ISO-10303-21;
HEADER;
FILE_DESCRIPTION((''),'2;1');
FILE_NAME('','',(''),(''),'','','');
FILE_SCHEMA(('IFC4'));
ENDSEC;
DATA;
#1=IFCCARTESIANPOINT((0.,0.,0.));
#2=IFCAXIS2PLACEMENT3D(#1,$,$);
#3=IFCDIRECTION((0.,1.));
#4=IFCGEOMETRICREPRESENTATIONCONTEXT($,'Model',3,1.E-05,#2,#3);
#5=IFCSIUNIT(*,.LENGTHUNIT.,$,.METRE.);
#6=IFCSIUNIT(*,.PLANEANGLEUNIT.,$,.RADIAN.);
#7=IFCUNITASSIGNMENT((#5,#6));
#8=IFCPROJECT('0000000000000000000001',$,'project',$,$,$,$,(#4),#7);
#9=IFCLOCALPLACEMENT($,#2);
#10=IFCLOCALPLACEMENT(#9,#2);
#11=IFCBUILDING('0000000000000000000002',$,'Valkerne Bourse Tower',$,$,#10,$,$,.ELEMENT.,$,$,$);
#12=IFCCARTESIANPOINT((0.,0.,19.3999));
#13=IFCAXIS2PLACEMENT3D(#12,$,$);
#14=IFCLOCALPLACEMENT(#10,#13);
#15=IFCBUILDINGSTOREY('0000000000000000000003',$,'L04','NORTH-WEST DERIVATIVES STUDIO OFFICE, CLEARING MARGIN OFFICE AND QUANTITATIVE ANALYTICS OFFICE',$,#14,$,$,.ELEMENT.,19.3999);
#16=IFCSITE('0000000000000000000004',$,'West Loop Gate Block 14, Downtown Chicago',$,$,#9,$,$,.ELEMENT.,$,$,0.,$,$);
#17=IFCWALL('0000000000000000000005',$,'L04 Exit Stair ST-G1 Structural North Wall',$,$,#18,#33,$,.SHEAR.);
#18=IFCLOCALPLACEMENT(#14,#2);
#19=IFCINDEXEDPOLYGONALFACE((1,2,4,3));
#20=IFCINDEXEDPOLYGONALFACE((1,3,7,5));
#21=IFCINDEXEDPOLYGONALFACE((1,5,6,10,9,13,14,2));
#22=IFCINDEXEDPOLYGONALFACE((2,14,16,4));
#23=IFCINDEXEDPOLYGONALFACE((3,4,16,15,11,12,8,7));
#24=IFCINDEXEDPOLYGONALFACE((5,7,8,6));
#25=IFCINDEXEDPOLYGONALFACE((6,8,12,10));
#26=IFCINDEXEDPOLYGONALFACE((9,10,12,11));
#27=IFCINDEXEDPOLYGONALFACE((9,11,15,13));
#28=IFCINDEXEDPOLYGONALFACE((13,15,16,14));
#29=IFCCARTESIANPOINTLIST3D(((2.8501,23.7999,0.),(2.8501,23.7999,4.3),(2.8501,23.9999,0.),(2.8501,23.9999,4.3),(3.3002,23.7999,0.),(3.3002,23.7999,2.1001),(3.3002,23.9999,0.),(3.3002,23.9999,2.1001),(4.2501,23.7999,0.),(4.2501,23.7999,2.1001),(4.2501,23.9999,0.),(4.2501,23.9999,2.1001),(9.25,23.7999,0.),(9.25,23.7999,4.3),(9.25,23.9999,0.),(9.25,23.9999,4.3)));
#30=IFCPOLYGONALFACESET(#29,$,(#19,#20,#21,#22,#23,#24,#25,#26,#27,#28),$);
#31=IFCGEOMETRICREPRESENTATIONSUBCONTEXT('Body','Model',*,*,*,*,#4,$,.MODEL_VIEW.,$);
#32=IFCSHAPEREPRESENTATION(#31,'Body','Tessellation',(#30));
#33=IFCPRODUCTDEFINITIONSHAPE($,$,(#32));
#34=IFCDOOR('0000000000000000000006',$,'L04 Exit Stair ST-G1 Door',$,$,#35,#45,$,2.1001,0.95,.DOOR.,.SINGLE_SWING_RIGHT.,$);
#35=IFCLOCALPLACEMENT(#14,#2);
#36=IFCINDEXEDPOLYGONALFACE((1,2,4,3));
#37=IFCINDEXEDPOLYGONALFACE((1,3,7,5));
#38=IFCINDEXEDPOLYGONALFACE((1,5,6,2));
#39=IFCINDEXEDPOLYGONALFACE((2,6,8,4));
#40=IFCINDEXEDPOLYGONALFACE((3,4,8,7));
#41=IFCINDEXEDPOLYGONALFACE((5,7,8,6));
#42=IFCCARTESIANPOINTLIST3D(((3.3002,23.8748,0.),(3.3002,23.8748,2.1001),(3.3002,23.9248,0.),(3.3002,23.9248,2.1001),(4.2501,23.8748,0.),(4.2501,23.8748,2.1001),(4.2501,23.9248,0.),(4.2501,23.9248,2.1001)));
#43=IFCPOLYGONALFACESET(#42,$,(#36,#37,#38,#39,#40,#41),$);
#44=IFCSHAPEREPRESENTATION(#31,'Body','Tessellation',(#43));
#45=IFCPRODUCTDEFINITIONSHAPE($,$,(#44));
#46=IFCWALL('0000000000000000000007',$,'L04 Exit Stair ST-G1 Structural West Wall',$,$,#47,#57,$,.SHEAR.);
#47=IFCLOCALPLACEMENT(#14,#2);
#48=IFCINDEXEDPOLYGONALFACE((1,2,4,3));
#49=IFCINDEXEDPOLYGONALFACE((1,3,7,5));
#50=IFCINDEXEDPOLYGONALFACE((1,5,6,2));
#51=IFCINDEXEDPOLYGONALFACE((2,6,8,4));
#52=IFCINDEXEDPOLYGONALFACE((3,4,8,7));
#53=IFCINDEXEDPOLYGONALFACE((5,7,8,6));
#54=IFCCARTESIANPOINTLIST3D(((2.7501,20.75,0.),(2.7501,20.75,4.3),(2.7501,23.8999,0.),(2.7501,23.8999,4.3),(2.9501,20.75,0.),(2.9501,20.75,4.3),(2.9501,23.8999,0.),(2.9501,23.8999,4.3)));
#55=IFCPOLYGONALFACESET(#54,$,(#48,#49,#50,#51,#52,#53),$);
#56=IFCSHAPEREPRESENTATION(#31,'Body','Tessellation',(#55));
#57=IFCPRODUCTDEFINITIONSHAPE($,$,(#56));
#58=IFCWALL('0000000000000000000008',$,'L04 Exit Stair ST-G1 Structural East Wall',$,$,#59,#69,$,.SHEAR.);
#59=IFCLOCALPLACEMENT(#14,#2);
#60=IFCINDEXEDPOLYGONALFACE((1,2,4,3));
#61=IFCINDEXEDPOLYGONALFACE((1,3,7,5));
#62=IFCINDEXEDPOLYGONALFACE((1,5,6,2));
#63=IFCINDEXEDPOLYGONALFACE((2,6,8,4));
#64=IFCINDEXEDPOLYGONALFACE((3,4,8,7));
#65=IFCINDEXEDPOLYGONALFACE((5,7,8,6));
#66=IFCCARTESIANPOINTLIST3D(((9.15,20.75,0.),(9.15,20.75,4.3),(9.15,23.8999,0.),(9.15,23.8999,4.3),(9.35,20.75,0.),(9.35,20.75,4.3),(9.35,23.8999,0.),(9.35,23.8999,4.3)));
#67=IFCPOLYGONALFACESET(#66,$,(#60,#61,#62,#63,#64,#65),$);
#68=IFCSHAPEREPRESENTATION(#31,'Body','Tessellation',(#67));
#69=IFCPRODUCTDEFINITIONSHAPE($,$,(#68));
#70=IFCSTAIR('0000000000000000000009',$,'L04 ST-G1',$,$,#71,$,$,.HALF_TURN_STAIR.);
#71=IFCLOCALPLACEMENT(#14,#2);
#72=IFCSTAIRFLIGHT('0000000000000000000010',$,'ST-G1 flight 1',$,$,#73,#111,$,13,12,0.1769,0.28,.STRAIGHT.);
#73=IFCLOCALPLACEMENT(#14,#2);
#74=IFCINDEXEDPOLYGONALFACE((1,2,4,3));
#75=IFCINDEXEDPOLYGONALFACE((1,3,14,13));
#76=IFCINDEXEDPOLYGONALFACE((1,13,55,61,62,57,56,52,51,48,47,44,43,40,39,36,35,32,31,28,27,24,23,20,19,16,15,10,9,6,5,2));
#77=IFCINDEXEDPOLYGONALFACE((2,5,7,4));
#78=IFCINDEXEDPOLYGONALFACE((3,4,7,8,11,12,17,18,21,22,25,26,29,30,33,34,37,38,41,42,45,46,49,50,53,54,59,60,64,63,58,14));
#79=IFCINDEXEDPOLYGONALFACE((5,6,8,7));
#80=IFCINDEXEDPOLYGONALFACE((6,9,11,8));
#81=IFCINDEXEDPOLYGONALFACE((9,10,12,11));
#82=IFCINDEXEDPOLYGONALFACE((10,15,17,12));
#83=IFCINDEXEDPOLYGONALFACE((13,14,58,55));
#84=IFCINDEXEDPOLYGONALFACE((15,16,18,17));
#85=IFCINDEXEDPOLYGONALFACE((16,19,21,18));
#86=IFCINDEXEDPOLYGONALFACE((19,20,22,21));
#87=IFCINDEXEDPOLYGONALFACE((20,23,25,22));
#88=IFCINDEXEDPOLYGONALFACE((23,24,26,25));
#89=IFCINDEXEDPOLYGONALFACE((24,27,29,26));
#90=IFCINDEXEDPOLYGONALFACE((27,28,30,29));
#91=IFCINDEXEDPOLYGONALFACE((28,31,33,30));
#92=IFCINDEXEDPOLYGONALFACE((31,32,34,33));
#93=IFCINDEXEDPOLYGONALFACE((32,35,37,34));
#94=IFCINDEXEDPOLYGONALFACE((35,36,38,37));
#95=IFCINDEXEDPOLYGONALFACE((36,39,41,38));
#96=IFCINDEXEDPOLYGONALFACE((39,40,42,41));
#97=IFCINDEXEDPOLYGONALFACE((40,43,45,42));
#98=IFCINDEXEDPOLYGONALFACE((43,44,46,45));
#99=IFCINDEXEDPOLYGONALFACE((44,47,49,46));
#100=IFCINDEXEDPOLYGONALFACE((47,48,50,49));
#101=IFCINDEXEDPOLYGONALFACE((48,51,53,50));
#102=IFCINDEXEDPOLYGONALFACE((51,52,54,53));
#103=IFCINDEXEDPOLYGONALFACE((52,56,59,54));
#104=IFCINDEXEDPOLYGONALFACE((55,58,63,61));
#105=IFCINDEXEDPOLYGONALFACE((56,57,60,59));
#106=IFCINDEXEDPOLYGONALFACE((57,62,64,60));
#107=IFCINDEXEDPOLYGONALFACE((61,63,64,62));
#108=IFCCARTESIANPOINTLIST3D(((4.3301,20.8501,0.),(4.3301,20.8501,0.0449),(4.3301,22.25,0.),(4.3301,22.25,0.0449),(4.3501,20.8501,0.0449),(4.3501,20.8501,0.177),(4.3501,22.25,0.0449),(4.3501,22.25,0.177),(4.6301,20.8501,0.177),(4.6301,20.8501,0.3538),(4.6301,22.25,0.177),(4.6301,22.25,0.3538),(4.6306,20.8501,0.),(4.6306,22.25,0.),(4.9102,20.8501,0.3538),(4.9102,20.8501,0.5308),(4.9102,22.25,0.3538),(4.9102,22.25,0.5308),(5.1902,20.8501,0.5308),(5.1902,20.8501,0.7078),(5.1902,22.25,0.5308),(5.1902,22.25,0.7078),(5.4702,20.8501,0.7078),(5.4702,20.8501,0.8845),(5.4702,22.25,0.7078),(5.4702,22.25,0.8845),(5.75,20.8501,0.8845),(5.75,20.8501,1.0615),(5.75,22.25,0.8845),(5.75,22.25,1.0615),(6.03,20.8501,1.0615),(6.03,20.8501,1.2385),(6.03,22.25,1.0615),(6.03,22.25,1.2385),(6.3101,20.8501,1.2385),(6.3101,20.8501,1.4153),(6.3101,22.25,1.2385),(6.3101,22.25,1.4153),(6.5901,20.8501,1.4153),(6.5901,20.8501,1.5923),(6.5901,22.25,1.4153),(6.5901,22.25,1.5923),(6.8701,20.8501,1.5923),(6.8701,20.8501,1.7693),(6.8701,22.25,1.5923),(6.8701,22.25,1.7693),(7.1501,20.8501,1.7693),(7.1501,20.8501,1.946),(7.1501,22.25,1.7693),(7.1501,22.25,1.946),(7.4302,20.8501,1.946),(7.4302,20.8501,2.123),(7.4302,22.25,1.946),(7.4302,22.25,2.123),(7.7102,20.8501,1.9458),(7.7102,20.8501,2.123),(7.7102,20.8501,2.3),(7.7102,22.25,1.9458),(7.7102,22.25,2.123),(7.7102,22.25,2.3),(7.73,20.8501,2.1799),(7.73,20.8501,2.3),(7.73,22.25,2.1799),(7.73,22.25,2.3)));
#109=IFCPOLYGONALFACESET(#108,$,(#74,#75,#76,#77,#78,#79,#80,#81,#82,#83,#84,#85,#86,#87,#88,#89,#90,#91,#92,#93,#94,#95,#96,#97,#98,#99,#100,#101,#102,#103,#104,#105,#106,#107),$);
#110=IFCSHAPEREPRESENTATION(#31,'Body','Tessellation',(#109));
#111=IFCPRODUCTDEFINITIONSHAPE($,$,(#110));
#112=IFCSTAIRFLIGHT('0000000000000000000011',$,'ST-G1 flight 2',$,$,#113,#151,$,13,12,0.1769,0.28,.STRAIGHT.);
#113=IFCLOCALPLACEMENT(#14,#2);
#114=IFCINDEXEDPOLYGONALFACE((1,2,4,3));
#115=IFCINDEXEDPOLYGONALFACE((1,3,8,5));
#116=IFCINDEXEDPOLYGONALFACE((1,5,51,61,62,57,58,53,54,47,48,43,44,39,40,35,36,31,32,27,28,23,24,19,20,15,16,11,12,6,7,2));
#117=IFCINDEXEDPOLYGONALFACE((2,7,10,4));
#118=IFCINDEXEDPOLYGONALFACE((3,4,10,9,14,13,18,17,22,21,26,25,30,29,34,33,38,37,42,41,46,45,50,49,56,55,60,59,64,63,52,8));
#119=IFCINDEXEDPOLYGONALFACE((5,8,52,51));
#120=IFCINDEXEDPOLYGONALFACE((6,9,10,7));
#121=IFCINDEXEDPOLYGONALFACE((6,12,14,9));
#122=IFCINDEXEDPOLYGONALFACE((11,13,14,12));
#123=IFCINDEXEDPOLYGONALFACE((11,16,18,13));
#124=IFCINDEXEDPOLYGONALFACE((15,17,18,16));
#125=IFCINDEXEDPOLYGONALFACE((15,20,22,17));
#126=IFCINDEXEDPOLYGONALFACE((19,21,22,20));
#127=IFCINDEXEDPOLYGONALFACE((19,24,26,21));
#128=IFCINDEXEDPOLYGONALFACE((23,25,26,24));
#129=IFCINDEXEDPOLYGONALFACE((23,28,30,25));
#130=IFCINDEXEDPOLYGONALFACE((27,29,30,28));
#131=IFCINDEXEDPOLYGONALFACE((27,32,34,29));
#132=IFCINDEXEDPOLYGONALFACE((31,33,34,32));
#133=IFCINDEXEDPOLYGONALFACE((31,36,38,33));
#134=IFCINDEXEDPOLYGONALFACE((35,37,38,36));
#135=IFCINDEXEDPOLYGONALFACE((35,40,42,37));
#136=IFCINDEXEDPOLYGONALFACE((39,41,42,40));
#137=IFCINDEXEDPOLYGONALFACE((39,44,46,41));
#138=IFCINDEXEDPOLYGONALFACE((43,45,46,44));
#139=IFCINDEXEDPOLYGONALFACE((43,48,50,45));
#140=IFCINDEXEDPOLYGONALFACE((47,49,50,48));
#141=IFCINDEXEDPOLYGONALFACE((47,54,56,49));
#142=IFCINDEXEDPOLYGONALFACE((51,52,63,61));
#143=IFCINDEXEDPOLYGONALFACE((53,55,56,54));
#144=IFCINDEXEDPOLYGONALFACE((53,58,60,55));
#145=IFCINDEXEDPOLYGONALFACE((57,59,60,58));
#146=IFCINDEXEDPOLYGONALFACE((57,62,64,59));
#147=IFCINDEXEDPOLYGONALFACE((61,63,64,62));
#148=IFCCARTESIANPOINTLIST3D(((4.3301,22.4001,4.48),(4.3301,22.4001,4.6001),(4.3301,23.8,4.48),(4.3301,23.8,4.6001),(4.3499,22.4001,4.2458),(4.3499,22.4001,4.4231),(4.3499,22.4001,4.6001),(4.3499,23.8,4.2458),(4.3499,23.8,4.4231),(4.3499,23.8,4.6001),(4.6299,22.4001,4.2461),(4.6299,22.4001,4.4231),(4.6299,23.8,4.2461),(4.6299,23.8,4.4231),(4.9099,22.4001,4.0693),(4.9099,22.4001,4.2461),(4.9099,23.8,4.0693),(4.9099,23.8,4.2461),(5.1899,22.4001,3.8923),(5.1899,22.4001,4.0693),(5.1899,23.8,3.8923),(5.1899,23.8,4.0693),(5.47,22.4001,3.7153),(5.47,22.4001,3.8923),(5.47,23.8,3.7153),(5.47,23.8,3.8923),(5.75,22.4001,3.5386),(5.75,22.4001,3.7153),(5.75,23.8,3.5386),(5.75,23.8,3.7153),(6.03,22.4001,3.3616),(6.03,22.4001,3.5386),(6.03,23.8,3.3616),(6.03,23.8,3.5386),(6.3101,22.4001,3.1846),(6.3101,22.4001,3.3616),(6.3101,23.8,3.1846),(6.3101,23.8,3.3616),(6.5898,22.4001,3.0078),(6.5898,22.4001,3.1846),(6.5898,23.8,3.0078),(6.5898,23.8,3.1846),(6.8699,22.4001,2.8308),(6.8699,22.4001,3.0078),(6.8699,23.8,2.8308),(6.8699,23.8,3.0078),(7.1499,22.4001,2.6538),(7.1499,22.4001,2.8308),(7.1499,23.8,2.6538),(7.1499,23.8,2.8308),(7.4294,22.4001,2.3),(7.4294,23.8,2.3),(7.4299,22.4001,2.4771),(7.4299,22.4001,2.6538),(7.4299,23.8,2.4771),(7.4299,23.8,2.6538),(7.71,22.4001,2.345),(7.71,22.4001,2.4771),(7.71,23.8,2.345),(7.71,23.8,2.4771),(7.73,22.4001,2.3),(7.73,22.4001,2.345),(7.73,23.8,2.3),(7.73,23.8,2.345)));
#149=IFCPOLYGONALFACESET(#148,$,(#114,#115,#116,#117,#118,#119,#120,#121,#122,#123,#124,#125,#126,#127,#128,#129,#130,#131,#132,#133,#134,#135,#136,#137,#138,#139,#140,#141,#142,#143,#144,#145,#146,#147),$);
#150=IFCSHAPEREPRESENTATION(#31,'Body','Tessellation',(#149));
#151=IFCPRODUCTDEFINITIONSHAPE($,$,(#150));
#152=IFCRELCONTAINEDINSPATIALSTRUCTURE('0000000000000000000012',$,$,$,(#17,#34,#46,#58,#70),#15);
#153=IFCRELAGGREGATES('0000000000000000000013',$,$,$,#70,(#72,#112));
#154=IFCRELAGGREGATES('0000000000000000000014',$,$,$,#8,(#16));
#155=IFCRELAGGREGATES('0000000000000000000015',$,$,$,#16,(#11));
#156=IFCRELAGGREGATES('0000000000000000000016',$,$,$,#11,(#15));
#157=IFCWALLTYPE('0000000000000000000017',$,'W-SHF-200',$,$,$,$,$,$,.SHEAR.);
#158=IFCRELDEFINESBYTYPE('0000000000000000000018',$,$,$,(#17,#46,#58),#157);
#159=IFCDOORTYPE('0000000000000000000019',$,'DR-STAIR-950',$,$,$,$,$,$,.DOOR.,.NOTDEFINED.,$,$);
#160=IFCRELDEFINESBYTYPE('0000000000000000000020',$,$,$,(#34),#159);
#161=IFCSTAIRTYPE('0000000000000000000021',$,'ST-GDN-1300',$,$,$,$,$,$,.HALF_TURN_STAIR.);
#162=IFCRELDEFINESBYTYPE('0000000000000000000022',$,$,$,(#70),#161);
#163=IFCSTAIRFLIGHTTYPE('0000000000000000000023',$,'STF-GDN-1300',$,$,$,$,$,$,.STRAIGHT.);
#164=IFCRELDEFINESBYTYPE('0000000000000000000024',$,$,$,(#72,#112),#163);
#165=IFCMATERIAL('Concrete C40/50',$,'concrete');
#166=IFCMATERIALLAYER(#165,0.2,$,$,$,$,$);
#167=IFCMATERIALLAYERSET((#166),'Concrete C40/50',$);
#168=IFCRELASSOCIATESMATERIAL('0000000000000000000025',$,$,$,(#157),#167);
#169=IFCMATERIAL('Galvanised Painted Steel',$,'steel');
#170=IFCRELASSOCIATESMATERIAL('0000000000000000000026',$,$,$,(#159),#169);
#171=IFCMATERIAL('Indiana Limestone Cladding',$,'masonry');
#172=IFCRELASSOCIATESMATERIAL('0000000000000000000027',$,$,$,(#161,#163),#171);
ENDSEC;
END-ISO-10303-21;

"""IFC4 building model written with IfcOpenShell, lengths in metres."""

from ifc_helpers import new_model, si_unit, direction, frame, frame_2d, origin, place, context, subcontext, project, spatial, polyline, rectangle, outline, extrude, material, layer, layer_set, type_object, element, fill, aggregate, save


model = new_model("IFC4")

# Units and contexts
model_context = context("Model", 3, precision=1e-05, world=origin(), true_north=direction((0.0, 1.0)))
body_context = subcontext(model_context, "Body", "Model", "MODEL_VIEW")
ifc_project = project(units=[si_unit("LENGTHUNIT", "METRE"), si_unit("PLANEANGLEUNIT", "RADIAN")], contexts=[model_context])

# Site, building, storey
site_placement = place(None, origin())
site = spatial("IfcSite", under=ifc_project, at=site_placement, Name="West Loop Gate Block 14, Downtown Chicago", CompositionType="ELEMENT", RefElevation=0.0)
building_placement = place(site_placement, origin())
building = spatial("IfcBuilding", under=site, at=building_placement, Name="Valkerne Bourse Tower", CompositionType="ELEMENT")
storey_placement = place(building_placement, frame((0.0, 0.0, 19.3999)))
storey = spatial("IfcBuildingStorey", under=building, at=storey_placement, Name="L04", Description="NORTH-WEST DERIVATIVES STUDIO OFFICE, CLEARING MARGIN OFFICE AND QUANTITATIVE ANALYTICS OFFICE", CompositionType="ELEMENT", Elevation=19.3999)

# Shared definitions
ifc_material_1 = material(Name="Concrete C40/50", Category="concrete")
ifc_layer_1 = layer(ifc_material_1, 0.2)
ifc_layer_set_1 = layer_set([ifc_layer_1], Name="Concrete C40/50")
wall_type_1 = type_object("IfcWallType", Name="W-SHF-200", PredefinedType="SHEAR", material=ifc_layer_set_1)

# Wall, opening, door
wall_1_placement = place(storey_placement, frame((2.8501, 23.8999, 0.0), z_axis=(0.0, 0.0, 1.0), x_axis=(1.0, 0.0, 0.0)))
wall_1 = element("IfcWall", 1, at=wall_1_placement, inside=storey, type_object=wall_type_1, Name="L04 Exit Stair ST-G1 Structural North Wall", PredefinedType="SHEAR", context=body_context, shape_type="SweptSolid", body=[
    extrude(rectangle(XDim=6.3999, YDim=0.2, at=frame_2d((3.2, 0.0))), origin(), (0.0, 0.0, 1.0), 4.3),
])
opening_1_placement = place(wall_1_placement, frame((0.45, 0.0, 0.0)))
opening_1 = element("IfcOpeningElement", 2, at=opening_1_placement, cuts=wall_1, PredefinedType="OPENING", context=body_context, shape_type="SweptSolid", body=[
    extrude(rectangle(XDim=0.95, YDim=2.1001, at=frame_2d((0.4751, 1.05))), frame((0.0, 0.1099, 0.0), z_axis=(0.0, -1.0, 0.0), x_axis=(1.0, 0.0, 0.0)), (0.0, 0.0, 1.0), 0.22),
])
ifc_material_2 = material(Name="Galvanised Painted Steel", Category="steel")
door_type_1 = type_object("IfcDoorType", Name="DR-STAIR-950", OperationType="NOTDEFINED", PredefinedType="DOOR", material=ifc_material_2)
door_1_placement = place(opening_1_placement, origin())
door_1 = element("IfcDoor", 3, at=door_1_placement, inside=storey, type_object=door_type_1, Name="L04 Exit Stair ST-G1 Door", OperationType="SINGLE_SWING_RIGHT", OverallHeight=2.1001, OverallWidth=0.95, PredefinedType="DOOR", context=body_context, shape_type="SweptSolid", body=[
    extrude(rectangle(XDim=0.95, YDim=2.1001, at=frame_2d((0.4751, 1.05))), frame((0.0, 0.0249, 0.0), z_axis=(0.0, -1.0, 0.0), x_axis=(1.0, 0.0, 0.0)), (0.0, 0.0, 1.0), 0.05),
])
fill(opening_1, door_1)

# Walls
for number, where, z_axis, x_axis, name in (
    (4, (2.8501, 20.75, 0.0), (0.0, 0.0, 1.0), (0.0, 1.0, 0.0), "L04 Exit Stair ST-G1 Structural West Wall"),
    (5, (9.25, 20.75, 0.0), (0.0, 0.0, 1.0), (0.0, 1.0, 0.0), "L04 Exit Stair ST-G1 Structural East Wall"),
):
    element("IfcWall", number, at=place(storey_placement, frame(where, z_axis=z_axis, x_axis=x_axis)), inside=storey, type_object=wall_type_1, Name=name, PredefinedType="SHEAR", context=body_context, shape_type="SweptSolid", body=[
        extrude(rectangle(XDim=3.1499, YDim=0.2, at=frame_2d((1.575, 0.0))), origin(), (0.0, 0.0, 1.0), 4.3),
    ])

# Stair, stair flights
ifc_material_3 = material(Name="Indiana Limestone Cladding", Category="masonry")
stair_type = type_object("IfcStairType", Name="ST-GDN-1300", PredefinedType="HALF_TURN_STAIR", material=ifc_material_3)
stair_placement = place(storey_placement, origin())
stair = element("IfcStair", 6, at=stair_placement, inside=storey, type_object=stair_type, Name="L04 ST-G1", PredefinedType="HALF_TURN_STAIR")
stair_flight_type = type_object("IfcStairFlightType", Name="STF-GDN-1300", PredefinedType="STRAIGHT", material=ifc_material_3)
stair_flight_1_placement = place(storey_placement, frame((4.3501, 21.55, 0.0), z_axis=(0.0, 0.0, 1.0), x_axis=(1.0, 0.0, 0.0)))
stair_flight_1 = element("IfcStairFlight", 7, at=stair_flight_1_placement, type_object=stair_flight_type, Name="ST-G1 flight 1", NumberOfRisers=13, NumberOfTreads=12, PredefinedType="STRAIGHT", RiserHeight=0.1769, TreadLength=0.28, context=body_context, shape_type="SweptSolid", body=[
    extrude(outline(polyline([(-0.02, 0.0), (-0.02, 0.0449), (0.0, 0.0449), (0.0, 0.177), (0.28, 0.177), (0.28, 0.3538), (0.5601, 0.3538), (0.5601, 0.5308), (0.8401, 0.5308), (0.8401, 0.7078), (1.1201, 0.7078), (1.1201, 0.8845), (1.3999, 0.8845), (1.3999, 1.0615), (1.6799, 1.0615), (1.6799, 1.2385), (1.96, 1.2385), (1.96, 1.4153), (2.24, 1.4153), (2.24, 1.5923), (2.52, 1.5923), (2.52, 1.7693), (2.8, 1.7693), (2.8, 1.946), (3.0801, 1.946), (3.0801, 2.123), (3.3601, 2.123), (3.3601, 2.3), (3.3799, 2.3), (3.3799, 2.1799), (3.3601, 1.9458), (0.2805, 0.0), (-0.02, 0.0)])), frame((0.0, 0.7, 0.0), z_axis=(0.0, -1.0, 0.0), x_axis=(1.0, 0.0, 0.0)), (0.0, 0.0, 1.0), 1.3999),
])
stair_flight_2_placement = place(storey_placement, frame((7.71, 23.1001, 2.3), z_axis=(0.0, 0.0, 1.0), x_axis=(-1.0, 0.0, 0.0)))
stair_flight_2 = element("IfcStairFlight", 8, at=stair_flight_2_placement, type_object=stair_flight_type, Name="ST-G1 flight 2", NumberOfRisers=13, NumberOfTreads=12, PredefinedType="STRAIGHT", RiserHeight=0.1769, TreadLength=0.28, context=body_context, shape_type="SweptSolid", body=[
    extrude(outline(polyline([(-0.02, 0.0), (-0.02, 0.0449), (0.0, 0.0449), (0.0, 0.177), (0.28, 0.177), (0.28, 0.3538), (0.5601, 0.3538), (0.5601, 0.5308), (0.8401, 0.5308), (0.8401, 0.7078), (1.1201, 0.7078), (1.1201, 0.8845), (1.3999, 0.8845), (1.3999, 1.0615), (1.6799, 1.0615), (1.6799, 1.2385), (1.96, 1.2385), (1.96, 1.4153), (2.24, 1.4153), (2.24, 1.5923), (2.52, 1.5923), (2.52, 1.7693), (2.8, 1.7693), (2.8, 1.946), (3.0801, 1.946), (3.0801, 2.123), (3.3601, 2.123), (3.3601, 2.3), (3.3799, 2.3), (3.3799, 2.1799), (3.3601, 1.9458), (0.2805, 0.0), (-0.02, 0.0)])), frame((0.0, 0.7, 0.0), z_axis=(0.0, -1.0, 0.0), x_axis=(1.0, 0.0, 0.0)), (0.0, 0.0, 1.0), 1.3999),
])
aggregate(stair, [stair_flight_1, stair_flight_2])

save(model, "model.ifc")
